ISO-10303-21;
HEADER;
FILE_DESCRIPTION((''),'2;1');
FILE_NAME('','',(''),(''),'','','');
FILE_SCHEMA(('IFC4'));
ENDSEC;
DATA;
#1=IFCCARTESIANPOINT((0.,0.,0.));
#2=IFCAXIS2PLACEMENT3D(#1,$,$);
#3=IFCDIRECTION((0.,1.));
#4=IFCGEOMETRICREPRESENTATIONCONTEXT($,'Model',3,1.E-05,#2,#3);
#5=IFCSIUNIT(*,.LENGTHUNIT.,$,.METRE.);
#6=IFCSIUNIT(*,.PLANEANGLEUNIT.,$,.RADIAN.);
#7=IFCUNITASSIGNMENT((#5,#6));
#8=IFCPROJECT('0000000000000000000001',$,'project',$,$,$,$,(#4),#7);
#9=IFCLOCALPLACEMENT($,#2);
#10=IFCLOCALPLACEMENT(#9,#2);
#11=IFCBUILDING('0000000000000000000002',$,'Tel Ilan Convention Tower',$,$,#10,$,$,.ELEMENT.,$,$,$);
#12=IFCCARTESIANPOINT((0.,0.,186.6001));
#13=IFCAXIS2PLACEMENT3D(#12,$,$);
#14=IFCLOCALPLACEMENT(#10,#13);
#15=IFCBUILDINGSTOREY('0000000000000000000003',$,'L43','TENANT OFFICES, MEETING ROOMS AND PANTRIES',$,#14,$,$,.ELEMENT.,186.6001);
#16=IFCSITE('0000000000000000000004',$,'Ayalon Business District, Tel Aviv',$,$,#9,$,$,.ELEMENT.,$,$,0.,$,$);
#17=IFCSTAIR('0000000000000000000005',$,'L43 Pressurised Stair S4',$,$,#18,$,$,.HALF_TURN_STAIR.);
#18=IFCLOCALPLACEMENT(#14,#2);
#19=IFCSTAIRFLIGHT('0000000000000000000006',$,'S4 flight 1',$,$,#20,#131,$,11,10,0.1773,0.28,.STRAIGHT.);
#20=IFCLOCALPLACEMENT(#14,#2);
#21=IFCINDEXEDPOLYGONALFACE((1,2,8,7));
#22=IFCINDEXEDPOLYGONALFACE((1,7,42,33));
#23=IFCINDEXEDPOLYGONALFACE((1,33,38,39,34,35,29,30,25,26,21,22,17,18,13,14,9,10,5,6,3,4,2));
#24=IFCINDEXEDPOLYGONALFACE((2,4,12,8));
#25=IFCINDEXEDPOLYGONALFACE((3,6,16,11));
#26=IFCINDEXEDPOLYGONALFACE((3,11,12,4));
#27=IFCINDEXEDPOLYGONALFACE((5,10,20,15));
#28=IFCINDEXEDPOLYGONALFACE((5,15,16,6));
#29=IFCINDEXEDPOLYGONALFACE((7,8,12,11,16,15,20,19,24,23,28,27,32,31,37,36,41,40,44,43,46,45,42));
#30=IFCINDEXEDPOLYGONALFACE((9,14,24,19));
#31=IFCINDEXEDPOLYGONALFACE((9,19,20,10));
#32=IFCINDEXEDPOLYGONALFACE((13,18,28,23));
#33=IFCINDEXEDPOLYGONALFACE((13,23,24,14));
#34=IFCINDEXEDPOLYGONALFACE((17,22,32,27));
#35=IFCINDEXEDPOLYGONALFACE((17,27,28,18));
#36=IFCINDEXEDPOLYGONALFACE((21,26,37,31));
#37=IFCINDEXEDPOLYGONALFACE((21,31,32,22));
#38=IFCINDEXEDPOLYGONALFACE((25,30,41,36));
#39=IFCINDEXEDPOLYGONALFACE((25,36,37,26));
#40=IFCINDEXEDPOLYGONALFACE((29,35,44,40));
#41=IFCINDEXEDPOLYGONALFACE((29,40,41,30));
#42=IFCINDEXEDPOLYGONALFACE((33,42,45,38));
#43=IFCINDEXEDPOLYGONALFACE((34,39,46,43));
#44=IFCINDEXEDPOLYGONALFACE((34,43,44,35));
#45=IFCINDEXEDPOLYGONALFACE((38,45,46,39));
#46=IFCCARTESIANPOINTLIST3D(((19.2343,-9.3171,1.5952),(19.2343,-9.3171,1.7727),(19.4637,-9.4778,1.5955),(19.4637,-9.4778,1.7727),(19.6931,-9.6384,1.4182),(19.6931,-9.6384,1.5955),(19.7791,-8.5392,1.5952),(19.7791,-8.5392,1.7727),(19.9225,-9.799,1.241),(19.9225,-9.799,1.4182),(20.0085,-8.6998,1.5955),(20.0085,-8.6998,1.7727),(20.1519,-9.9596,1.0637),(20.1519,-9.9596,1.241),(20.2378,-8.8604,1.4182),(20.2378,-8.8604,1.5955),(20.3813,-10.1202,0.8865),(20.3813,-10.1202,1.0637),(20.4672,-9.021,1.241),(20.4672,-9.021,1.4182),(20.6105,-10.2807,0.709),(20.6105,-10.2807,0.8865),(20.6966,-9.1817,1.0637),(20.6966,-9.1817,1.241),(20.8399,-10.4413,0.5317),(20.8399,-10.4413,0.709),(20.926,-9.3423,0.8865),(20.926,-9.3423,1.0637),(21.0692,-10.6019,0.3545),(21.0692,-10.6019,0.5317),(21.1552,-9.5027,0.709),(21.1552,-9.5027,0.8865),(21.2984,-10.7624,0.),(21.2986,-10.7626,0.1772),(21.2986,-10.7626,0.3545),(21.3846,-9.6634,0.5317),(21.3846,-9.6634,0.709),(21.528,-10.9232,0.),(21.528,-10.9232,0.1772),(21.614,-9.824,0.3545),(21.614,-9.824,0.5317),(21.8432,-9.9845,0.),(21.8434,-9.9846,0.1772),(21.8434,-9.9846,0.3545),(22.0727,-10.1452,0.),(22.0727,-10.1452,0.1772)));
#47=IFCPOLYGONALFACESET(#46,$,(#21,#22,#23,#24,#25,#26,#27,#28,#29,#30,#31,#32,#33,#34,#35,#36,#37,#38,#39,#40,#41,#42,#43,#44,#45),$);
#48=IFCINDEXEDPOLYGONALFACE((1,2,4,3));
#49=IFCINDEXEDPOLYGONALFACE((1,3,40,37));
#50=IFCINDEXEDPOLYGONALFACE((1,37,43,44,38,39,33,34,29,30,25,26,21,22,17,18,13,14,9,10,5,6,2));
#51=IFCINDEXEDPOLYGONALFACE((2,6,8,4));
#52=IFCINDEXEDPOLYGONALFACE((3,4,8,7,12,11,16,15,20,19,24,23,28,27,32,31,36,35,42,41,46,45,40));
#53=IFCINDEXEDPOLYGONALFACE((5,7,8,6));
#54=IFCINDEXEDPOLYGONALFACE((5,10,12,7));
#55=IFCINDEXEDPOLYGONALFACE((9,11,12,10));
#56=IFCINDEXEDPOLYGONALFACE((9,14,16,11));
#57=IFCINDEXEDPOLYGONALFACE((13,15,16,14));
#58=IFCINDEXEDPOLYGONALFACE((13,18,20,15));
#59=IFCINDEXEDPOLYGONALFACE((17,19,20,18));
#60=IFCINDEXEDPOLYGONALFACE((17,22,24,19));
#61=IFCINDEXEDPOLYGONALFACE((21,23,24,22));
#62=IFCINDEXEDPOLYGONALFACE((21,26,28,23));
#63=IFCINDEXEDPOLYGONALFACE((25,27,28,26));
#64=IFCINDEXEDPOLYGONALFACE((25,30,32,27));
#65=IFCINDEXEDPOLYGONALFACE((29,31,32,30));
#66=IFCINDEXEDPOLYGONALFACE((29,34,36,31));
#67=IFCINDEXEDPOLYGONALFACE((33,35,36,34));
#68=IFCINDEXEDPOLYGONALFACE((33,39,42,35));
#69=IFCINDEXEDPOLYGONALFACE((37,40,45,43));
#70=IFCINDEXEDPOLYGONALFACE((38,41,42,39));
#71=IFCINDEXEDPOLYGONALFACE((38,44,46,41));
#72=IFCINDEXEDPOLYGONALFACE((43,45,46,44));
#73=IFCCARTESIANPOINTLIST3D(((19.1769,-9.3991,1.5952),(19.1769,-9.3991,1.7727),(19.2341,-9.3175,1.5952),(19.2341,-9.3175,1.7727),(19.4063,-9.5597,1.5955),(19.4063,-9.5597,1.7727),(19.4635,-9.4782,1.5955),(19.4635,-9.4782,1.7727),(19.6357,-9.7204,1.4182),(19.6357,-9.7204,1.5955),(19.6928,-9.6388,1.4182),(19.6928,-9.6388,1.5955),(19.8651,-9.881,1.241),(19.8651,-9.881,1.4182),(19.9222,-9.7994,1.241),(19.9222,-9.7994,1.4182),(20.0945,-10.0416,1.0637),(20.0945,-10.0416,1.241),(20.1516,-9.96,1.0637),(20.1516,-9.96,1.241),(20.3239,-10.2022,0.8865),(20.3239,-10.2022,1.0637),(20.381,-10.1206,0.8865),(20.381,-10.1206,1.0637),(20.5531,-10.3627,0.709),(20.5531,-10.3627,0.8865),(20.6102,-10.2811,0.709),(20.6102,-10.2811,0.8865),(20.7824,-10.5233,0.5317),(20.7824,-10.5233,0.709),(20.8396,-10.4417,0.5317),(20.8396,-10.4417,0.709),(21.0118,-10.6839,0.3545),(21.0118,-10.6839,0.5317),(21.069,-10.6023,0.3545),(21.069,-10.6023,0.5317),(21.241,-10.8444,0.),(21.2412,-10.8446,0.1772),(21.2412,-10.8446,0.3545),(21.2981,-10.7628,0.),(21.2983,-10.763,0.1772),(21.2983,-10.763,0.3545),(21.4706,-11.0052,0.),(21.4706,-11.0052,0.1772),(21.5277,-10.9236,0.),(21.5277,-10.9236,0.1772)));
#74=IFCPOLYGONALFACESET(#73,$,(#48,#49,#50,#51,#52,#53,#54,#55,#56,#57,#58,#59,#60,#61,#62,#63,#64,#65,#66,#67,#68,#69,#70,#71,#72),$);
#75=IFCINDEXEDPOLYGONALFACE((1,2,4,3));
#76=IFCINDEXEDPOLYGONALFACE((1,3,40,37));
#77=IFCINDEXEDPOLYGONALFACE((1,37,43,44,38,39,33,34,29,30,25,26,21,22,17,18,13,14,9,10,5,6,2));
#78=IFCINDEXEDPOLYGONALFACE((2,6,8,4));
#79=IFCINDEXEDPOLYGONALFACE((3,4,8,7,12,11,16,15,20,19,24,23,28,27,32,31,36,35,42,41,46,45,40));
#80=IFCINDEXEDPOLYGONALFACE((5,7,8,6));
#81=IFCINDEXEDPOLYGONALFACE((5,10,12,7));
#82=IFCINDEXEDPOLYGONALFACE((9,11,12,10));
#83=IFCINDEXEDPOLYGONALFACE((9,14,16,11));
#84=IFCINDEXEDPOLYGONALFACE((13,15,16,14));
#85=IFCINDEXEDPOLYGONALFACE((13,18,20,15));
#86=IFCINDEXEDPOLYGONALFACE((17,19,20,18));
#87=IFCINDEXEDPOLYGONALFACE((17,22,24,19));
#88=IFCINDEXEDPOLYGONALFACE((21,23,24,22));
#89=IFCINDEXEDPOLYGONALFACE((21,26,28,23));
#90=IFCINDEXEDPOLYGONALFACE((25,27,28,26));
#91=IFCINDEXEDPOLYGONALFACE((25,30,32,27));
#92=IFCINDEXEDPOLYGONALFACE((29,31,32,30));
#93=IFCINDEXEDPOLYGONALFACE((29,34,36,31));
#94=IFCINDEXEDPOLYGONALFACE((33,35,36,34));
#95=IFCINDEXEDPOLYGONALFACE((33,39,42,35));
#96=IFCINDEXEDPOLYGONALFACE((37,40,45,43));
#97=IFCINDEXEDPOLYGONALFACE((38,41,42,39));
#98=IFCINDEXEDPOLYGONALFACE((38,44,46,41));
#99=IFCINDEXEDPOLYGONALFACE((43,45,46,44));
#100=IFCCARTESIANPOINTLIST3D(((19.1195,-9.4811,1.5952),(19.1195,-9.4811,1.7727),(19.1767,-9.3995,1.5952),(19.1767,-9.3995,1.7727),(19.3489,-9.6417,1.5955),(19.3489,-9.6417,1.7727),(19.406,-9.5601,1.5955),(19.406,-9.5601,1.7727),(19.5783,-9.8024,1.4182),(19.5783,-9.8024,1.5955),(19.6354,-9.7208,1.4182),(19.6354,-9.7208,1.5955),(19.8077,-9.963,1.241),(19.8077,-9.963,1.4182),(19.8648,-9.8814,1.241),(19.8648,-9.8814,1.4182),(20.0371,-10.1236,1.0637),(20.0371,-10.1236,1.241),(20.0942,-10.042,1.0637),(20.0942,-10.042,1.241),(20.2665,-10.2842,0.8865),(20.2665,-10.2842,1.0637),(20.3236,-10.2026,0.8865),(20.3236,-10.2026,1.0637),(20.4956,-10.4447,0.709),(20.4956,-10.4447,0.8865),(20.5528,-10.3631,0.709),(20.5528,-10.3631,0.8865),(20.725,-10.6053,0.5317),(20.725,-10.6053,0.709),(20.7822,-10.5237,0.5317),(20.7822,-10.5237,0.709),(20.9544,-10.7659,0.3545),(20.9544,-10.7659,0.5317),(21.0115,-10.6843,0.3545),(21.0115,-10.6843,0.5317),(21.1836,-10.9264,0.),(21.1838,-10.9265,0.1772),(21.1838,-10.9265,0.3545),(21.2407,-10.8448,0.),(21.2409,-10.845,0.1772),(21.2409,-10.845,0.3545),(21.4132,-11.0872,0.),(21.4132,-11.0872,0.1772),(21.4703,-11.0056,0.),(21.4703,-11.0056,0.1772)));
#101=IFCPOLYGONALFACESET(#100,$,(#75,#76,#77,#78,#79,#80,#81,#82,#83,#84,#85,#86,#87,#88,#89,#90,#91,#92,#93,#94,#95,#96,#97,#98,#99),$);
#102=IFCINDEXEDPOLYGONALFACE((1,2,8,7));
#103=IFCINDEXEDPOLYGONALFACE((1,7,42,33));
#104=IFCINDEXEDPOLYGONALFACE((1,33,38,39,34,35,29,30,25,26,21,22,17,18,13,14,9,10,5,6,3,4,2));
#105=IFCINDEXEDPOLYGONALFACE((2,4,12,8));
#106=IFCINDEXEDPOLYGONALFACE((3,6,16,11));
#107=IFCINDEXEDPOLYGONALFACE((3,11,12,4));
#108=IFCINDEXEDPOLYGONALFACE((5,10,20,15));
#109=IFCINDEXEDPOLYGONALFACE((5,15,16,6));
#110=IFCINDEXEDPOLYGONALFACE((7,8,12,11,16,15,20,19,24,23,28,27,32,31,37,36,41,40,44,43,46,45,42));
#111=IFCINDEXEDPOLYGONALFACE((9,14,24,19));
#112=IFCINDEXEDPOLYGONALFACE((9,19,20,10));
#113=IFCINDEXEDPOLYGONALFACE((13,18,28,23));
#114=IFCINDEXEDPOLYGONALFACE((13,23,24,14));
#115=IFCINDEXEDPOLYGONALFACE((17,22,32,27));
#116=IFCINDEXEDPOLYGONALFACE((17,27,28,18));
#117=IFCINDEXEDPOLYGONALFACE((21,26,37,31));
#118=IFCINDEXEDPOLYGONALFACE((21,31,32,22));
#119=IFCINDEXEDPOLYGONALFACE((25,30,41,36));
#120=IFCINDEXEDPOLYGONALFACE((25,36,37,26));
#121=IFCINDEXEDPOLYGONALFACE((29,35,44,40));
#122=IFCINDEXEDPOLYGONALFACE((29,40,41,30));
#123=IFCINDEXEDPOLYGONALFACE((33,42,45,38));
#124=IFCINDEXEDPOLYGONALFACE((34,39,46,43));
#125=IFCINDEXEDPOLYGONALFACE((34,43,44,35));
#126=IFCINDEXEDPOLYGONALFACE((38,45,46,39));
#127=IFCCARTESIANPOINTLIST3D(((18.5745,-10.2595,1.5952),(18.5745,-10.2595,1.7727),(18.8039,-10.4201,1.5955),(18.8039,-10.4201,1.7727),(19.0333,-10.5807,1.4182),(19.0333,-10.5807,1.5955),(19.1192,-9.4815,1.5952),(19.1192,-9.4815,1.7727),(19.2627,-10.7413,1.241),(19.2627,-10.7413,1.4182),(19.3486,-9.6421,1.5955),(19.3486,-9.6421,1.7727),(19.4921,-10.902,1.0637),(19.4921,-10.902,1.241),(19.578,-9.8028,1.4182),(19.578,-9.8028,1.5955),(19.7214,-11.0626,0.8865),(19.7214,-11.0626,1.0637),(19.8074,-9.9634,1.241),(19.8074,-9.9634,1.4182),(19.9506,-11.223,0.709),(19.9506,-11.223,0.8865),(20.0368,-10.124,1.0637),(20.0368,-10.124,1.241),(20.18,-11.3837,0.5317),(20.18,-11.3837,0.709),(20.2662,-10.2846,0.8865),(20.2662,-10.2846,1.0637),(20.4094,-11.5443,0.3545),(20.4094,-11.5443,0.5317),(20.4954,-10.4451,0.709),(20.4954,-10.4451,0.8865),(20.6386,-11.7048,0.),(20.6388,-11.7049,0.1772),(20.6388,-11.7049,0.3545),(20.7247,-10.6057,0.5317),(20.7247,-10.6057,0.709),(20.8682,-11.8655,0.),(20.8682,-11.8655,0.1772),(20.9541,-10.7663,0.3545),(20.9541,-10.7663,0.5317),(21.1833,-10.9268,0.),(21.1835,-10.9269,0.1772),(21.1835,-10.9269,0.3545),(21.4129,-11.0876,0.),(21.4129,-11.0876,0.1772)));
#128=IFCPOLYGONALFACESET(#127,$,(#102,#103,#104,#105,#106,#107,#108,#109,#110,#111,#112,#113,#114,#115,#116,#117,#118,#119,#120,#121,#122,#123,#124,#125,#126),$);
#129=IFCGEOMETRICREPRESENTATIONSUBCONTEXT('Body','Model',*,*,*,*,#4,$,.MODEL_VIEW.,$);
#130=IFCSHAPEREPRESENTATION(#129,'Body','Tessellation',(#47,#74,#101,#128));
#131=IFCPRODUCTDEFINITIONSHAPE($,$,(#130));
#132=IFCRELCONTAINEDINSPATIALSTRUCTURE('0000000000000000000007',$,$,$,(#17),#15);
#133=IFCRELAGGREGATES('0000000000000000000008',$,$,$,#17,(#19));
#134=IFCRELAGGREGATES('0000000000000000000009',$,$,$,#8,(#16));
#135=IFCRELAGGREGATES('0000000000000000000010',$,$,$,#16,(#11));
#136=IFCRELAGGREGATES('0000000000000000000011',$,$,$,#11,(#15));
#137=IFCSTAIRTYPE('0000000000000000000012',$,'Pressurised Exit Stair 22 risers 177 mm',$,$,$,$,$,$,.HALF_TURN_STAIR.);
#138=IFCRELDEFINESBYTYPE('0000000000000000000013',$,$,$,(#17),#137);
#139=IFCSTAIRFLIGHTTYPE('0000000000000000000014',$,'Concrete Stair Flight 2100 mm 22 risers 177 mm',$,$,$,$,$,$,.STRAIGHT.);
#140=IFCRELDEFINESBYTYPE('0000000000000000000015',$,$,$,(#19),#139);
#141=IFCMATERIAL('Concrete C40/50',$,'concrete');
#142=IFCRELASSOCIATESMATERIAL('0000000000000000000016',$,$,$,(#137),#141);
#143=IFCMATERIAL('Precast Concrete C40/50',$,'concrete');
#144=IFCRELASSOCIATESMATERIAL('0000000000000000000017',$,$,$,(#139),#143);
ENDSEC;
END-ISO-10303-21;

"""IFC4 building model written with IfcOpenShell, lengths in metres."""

from ifc_helpers import new_model, si_unit, direction, frame, origin, place, context, subcontext, project, spatial, polyline, outline, extrude, material, type_object, element, aggregate, save


model = new_model("IFC4")

# Units and contexts
model_context = context("Model", 3, precision=1e-05, world=origin(), true_north=direction((0.0, 1.0)))
body_context = subcontext(model_context, "Body", "Model", "MODEL_VIEW")
ifc_project = project(units=[si_unit("LENGTHUNIT", "METRE"), si_unit("PLANEANGLEUNIT", "RADIAN")], contexts=[model_context])

# Site, building, storey
site_placement = place(None, origin())
site = spatial("IfcSite", under=ifc_project, at=site_placement, Name="Ayalon Business District, Tel Aviv", CompositionType="ELEMENT", RefElevation=0.0)
building_placement = place(site_placement, origin())
building = spatial("IfcBuilding", under=site, at=building_placement, Name="Tel Ilan Convention Tower", CompositionType="ELEMENT")
storey_placement = place(building_placement, frame((0.0, 0.0, 186.6001)))
storey = spatial("IfcBuildingStorey", under=building, at=storey_placement, Name="L43", Description="TENANT OFFICES, MEETING ROOMS AND PANTRIES", CompositionType="ELEMENT", Elevation=186.6001)

# Shared definitions
ifc_material_1 = material(Name="Concrete C40/50", Category="concrete")
stair_type = type_object("IfcStairType", Name="Pressurised Exit Stair 22 risers 177 mm", PredefinedType="HALF_TURN_STAIR", material=ifc_material_1)
ifc_material_2 = material(Name="Precast Concrete C40/50", Category="concrete")
stair_flight_type = type_object("IfcStairFlightType", Name="Concrete Stair Flight 2100 mm 22 risers 177 mm", PredefinedType="STRAIGHT", material=ifc_material_2)

# Stair, stair flight
stair_1_placement = place(storey_placement, origin())
stair_1 = element("IfcStair", 1, at=stair_1_placement, inside=storey, type_object=stair_type, Name="L43 Pressurised Stair S4", PredefinedType="HALF_TURN_STAIR")
stair_flight_1_placement = place(storey_placement, frame((21.4705, -11.0054, 0.0), z_axis=(0.0, 0.0, 1.0), x_axis=(-0.819152, 0.573576, 0.0)))
stair_flight_1 = element("IfcStairFlight", 2, at=stair_flight_1_placement, type_object=stair_flight_type, Name="S4 flight 1", NumberOfRisers=11, NumberOfTreads=10, PredefinedType="STRAIGHT", RiserHeight=0.1773, TreadLength=0.28, context=body_context, shape_type="SweptSolid", body=[
    extrude(outline(polyline([(0.0, 0.0), (0.0, 0.1772), (0.28, 0.1772), (0.28, 0.3545), (0.5601, 0.3545), (0.5601, 0.5317), (0.8401, 0.5317), (0.8401, 0.709), (1.1201, 0.709), (1.1201, 0.8865), (1.3999, 0.8865), (1.3999, 1.0637), (1.6799, 1.0637), (1.6799, 1.241), (1.96, 1.241), (1.96, 1.4182), (2.24, 1.4182), (2.24, 1.5955), (2.52, 1.5955), (2.52, 1.7727), (2.8, 1.7727), (2.8, 1.95), (2.8, 1.5952), (0.2803, 0.0), (0.0, 0.0)])), frame((0.0, -0.1003, 0.0), z_axis=(0.0, -1.0, 0.0), x_axis=(1.0, 0.0, 0.0)), (0.0, 0.0, 1.0), 0.9497),
    extrude(outline(polyline([(0.0, 0.0), (0.0, 0.1772), (0.28, 0.1772), (0.28, 0.3545), (0.5601, 0.3545), (0.5601, 0.5317), (0.8401, 0.5317), (0.8401, 0.709), (1.1201, 0.709), (1.1201, 0.8865), (1.3999, 0.8865), (1.3999, 1.0637), (1.6799, 1.0637), (1.6799, 1.241), (1.96, 1.241), (1.96, 1.4182), (2.24, 1.4182), (2.24, 1.5955), (2.52, 1.5955), (2.52, 1.7727), (2.8, 1.7727), (2.8, 1.95), (2.8, 1.5952), (0.2803, 0.0), (0.0, 0.0)])), frame((0.0, -0.0002, 0.0), z_axis=(0.0, -1.0, 0.0), x_axis=(1.0, 0.0, 0.0)), (0.0, 0.0, 1.0), 0.0996),
    extrude(outline(polyline([(0.0, 0.0), (0.0, 0.1772), (0.28, 0.1772), (0.28, 0.3545), (0.5601, 0.3545), (0.5601, 0.5317), (0.8401, 0.5317), (0.8401, 0.709), (1.1201, 0.709), (1.1201, 0.8865), (1.3999, 0.8865), (1.3999, 1.0637), (1.6799, 1.0637), (1.6799, 1.241), (1.96, 1.241), (1.96, 1.4182), (2.24, 1.4182), (2.24, 1.5955), (2.52, 1.5955), (2.52, 1.7727), (2.8, 1.7727), (2.8, 1.95), (2.8, 1.5952), (0.2803, 0.0), (0.0, 0.0)])), frame((0.0, 0.0999, 0.0), z_axis=(0.0, -1.0, 0.0), x_axis=(1.0, 0.0, 0.0)), (0.0, 0.0, 1.0), 0.0996),
    extrude(outline(polyline([(0.0, 0.0), (0.0, 0.1772), (0.28, 0.1772), (0.28, 0.3545), (0.5601, 0.3545), (0.5601, 0.5317), (0.8401, 0.5317), (0.8401, 0.709), (1.1201, 0.709), (1.1201, 0.8865), (1.3999, 0.8865), (1.3999, 1.0637), (1.6799, 1.0637), (1.6799, 1.241), (1.96, 1.241), (1.96, 1.4182), (2.24, 1.4182), (2.24, 1.5955), (2.52, 1.5955), (2.52, 1.7727), (2.8, 1.7727), (2.8, 1.95), (2.8, 1.5952), (0.2803, 0.0), (0.0, 0.0)])), frame((0.0, 1.05, 0.0), z_axis=(0.0, -1.0, 0.0), x_axis=(1.0, 0.0, 0.0)), (0.0, 0.0, 1.0), 0.9497),
])
aggregate(stair_1, [stair_flight_1])

save(model, "model.ifc")
